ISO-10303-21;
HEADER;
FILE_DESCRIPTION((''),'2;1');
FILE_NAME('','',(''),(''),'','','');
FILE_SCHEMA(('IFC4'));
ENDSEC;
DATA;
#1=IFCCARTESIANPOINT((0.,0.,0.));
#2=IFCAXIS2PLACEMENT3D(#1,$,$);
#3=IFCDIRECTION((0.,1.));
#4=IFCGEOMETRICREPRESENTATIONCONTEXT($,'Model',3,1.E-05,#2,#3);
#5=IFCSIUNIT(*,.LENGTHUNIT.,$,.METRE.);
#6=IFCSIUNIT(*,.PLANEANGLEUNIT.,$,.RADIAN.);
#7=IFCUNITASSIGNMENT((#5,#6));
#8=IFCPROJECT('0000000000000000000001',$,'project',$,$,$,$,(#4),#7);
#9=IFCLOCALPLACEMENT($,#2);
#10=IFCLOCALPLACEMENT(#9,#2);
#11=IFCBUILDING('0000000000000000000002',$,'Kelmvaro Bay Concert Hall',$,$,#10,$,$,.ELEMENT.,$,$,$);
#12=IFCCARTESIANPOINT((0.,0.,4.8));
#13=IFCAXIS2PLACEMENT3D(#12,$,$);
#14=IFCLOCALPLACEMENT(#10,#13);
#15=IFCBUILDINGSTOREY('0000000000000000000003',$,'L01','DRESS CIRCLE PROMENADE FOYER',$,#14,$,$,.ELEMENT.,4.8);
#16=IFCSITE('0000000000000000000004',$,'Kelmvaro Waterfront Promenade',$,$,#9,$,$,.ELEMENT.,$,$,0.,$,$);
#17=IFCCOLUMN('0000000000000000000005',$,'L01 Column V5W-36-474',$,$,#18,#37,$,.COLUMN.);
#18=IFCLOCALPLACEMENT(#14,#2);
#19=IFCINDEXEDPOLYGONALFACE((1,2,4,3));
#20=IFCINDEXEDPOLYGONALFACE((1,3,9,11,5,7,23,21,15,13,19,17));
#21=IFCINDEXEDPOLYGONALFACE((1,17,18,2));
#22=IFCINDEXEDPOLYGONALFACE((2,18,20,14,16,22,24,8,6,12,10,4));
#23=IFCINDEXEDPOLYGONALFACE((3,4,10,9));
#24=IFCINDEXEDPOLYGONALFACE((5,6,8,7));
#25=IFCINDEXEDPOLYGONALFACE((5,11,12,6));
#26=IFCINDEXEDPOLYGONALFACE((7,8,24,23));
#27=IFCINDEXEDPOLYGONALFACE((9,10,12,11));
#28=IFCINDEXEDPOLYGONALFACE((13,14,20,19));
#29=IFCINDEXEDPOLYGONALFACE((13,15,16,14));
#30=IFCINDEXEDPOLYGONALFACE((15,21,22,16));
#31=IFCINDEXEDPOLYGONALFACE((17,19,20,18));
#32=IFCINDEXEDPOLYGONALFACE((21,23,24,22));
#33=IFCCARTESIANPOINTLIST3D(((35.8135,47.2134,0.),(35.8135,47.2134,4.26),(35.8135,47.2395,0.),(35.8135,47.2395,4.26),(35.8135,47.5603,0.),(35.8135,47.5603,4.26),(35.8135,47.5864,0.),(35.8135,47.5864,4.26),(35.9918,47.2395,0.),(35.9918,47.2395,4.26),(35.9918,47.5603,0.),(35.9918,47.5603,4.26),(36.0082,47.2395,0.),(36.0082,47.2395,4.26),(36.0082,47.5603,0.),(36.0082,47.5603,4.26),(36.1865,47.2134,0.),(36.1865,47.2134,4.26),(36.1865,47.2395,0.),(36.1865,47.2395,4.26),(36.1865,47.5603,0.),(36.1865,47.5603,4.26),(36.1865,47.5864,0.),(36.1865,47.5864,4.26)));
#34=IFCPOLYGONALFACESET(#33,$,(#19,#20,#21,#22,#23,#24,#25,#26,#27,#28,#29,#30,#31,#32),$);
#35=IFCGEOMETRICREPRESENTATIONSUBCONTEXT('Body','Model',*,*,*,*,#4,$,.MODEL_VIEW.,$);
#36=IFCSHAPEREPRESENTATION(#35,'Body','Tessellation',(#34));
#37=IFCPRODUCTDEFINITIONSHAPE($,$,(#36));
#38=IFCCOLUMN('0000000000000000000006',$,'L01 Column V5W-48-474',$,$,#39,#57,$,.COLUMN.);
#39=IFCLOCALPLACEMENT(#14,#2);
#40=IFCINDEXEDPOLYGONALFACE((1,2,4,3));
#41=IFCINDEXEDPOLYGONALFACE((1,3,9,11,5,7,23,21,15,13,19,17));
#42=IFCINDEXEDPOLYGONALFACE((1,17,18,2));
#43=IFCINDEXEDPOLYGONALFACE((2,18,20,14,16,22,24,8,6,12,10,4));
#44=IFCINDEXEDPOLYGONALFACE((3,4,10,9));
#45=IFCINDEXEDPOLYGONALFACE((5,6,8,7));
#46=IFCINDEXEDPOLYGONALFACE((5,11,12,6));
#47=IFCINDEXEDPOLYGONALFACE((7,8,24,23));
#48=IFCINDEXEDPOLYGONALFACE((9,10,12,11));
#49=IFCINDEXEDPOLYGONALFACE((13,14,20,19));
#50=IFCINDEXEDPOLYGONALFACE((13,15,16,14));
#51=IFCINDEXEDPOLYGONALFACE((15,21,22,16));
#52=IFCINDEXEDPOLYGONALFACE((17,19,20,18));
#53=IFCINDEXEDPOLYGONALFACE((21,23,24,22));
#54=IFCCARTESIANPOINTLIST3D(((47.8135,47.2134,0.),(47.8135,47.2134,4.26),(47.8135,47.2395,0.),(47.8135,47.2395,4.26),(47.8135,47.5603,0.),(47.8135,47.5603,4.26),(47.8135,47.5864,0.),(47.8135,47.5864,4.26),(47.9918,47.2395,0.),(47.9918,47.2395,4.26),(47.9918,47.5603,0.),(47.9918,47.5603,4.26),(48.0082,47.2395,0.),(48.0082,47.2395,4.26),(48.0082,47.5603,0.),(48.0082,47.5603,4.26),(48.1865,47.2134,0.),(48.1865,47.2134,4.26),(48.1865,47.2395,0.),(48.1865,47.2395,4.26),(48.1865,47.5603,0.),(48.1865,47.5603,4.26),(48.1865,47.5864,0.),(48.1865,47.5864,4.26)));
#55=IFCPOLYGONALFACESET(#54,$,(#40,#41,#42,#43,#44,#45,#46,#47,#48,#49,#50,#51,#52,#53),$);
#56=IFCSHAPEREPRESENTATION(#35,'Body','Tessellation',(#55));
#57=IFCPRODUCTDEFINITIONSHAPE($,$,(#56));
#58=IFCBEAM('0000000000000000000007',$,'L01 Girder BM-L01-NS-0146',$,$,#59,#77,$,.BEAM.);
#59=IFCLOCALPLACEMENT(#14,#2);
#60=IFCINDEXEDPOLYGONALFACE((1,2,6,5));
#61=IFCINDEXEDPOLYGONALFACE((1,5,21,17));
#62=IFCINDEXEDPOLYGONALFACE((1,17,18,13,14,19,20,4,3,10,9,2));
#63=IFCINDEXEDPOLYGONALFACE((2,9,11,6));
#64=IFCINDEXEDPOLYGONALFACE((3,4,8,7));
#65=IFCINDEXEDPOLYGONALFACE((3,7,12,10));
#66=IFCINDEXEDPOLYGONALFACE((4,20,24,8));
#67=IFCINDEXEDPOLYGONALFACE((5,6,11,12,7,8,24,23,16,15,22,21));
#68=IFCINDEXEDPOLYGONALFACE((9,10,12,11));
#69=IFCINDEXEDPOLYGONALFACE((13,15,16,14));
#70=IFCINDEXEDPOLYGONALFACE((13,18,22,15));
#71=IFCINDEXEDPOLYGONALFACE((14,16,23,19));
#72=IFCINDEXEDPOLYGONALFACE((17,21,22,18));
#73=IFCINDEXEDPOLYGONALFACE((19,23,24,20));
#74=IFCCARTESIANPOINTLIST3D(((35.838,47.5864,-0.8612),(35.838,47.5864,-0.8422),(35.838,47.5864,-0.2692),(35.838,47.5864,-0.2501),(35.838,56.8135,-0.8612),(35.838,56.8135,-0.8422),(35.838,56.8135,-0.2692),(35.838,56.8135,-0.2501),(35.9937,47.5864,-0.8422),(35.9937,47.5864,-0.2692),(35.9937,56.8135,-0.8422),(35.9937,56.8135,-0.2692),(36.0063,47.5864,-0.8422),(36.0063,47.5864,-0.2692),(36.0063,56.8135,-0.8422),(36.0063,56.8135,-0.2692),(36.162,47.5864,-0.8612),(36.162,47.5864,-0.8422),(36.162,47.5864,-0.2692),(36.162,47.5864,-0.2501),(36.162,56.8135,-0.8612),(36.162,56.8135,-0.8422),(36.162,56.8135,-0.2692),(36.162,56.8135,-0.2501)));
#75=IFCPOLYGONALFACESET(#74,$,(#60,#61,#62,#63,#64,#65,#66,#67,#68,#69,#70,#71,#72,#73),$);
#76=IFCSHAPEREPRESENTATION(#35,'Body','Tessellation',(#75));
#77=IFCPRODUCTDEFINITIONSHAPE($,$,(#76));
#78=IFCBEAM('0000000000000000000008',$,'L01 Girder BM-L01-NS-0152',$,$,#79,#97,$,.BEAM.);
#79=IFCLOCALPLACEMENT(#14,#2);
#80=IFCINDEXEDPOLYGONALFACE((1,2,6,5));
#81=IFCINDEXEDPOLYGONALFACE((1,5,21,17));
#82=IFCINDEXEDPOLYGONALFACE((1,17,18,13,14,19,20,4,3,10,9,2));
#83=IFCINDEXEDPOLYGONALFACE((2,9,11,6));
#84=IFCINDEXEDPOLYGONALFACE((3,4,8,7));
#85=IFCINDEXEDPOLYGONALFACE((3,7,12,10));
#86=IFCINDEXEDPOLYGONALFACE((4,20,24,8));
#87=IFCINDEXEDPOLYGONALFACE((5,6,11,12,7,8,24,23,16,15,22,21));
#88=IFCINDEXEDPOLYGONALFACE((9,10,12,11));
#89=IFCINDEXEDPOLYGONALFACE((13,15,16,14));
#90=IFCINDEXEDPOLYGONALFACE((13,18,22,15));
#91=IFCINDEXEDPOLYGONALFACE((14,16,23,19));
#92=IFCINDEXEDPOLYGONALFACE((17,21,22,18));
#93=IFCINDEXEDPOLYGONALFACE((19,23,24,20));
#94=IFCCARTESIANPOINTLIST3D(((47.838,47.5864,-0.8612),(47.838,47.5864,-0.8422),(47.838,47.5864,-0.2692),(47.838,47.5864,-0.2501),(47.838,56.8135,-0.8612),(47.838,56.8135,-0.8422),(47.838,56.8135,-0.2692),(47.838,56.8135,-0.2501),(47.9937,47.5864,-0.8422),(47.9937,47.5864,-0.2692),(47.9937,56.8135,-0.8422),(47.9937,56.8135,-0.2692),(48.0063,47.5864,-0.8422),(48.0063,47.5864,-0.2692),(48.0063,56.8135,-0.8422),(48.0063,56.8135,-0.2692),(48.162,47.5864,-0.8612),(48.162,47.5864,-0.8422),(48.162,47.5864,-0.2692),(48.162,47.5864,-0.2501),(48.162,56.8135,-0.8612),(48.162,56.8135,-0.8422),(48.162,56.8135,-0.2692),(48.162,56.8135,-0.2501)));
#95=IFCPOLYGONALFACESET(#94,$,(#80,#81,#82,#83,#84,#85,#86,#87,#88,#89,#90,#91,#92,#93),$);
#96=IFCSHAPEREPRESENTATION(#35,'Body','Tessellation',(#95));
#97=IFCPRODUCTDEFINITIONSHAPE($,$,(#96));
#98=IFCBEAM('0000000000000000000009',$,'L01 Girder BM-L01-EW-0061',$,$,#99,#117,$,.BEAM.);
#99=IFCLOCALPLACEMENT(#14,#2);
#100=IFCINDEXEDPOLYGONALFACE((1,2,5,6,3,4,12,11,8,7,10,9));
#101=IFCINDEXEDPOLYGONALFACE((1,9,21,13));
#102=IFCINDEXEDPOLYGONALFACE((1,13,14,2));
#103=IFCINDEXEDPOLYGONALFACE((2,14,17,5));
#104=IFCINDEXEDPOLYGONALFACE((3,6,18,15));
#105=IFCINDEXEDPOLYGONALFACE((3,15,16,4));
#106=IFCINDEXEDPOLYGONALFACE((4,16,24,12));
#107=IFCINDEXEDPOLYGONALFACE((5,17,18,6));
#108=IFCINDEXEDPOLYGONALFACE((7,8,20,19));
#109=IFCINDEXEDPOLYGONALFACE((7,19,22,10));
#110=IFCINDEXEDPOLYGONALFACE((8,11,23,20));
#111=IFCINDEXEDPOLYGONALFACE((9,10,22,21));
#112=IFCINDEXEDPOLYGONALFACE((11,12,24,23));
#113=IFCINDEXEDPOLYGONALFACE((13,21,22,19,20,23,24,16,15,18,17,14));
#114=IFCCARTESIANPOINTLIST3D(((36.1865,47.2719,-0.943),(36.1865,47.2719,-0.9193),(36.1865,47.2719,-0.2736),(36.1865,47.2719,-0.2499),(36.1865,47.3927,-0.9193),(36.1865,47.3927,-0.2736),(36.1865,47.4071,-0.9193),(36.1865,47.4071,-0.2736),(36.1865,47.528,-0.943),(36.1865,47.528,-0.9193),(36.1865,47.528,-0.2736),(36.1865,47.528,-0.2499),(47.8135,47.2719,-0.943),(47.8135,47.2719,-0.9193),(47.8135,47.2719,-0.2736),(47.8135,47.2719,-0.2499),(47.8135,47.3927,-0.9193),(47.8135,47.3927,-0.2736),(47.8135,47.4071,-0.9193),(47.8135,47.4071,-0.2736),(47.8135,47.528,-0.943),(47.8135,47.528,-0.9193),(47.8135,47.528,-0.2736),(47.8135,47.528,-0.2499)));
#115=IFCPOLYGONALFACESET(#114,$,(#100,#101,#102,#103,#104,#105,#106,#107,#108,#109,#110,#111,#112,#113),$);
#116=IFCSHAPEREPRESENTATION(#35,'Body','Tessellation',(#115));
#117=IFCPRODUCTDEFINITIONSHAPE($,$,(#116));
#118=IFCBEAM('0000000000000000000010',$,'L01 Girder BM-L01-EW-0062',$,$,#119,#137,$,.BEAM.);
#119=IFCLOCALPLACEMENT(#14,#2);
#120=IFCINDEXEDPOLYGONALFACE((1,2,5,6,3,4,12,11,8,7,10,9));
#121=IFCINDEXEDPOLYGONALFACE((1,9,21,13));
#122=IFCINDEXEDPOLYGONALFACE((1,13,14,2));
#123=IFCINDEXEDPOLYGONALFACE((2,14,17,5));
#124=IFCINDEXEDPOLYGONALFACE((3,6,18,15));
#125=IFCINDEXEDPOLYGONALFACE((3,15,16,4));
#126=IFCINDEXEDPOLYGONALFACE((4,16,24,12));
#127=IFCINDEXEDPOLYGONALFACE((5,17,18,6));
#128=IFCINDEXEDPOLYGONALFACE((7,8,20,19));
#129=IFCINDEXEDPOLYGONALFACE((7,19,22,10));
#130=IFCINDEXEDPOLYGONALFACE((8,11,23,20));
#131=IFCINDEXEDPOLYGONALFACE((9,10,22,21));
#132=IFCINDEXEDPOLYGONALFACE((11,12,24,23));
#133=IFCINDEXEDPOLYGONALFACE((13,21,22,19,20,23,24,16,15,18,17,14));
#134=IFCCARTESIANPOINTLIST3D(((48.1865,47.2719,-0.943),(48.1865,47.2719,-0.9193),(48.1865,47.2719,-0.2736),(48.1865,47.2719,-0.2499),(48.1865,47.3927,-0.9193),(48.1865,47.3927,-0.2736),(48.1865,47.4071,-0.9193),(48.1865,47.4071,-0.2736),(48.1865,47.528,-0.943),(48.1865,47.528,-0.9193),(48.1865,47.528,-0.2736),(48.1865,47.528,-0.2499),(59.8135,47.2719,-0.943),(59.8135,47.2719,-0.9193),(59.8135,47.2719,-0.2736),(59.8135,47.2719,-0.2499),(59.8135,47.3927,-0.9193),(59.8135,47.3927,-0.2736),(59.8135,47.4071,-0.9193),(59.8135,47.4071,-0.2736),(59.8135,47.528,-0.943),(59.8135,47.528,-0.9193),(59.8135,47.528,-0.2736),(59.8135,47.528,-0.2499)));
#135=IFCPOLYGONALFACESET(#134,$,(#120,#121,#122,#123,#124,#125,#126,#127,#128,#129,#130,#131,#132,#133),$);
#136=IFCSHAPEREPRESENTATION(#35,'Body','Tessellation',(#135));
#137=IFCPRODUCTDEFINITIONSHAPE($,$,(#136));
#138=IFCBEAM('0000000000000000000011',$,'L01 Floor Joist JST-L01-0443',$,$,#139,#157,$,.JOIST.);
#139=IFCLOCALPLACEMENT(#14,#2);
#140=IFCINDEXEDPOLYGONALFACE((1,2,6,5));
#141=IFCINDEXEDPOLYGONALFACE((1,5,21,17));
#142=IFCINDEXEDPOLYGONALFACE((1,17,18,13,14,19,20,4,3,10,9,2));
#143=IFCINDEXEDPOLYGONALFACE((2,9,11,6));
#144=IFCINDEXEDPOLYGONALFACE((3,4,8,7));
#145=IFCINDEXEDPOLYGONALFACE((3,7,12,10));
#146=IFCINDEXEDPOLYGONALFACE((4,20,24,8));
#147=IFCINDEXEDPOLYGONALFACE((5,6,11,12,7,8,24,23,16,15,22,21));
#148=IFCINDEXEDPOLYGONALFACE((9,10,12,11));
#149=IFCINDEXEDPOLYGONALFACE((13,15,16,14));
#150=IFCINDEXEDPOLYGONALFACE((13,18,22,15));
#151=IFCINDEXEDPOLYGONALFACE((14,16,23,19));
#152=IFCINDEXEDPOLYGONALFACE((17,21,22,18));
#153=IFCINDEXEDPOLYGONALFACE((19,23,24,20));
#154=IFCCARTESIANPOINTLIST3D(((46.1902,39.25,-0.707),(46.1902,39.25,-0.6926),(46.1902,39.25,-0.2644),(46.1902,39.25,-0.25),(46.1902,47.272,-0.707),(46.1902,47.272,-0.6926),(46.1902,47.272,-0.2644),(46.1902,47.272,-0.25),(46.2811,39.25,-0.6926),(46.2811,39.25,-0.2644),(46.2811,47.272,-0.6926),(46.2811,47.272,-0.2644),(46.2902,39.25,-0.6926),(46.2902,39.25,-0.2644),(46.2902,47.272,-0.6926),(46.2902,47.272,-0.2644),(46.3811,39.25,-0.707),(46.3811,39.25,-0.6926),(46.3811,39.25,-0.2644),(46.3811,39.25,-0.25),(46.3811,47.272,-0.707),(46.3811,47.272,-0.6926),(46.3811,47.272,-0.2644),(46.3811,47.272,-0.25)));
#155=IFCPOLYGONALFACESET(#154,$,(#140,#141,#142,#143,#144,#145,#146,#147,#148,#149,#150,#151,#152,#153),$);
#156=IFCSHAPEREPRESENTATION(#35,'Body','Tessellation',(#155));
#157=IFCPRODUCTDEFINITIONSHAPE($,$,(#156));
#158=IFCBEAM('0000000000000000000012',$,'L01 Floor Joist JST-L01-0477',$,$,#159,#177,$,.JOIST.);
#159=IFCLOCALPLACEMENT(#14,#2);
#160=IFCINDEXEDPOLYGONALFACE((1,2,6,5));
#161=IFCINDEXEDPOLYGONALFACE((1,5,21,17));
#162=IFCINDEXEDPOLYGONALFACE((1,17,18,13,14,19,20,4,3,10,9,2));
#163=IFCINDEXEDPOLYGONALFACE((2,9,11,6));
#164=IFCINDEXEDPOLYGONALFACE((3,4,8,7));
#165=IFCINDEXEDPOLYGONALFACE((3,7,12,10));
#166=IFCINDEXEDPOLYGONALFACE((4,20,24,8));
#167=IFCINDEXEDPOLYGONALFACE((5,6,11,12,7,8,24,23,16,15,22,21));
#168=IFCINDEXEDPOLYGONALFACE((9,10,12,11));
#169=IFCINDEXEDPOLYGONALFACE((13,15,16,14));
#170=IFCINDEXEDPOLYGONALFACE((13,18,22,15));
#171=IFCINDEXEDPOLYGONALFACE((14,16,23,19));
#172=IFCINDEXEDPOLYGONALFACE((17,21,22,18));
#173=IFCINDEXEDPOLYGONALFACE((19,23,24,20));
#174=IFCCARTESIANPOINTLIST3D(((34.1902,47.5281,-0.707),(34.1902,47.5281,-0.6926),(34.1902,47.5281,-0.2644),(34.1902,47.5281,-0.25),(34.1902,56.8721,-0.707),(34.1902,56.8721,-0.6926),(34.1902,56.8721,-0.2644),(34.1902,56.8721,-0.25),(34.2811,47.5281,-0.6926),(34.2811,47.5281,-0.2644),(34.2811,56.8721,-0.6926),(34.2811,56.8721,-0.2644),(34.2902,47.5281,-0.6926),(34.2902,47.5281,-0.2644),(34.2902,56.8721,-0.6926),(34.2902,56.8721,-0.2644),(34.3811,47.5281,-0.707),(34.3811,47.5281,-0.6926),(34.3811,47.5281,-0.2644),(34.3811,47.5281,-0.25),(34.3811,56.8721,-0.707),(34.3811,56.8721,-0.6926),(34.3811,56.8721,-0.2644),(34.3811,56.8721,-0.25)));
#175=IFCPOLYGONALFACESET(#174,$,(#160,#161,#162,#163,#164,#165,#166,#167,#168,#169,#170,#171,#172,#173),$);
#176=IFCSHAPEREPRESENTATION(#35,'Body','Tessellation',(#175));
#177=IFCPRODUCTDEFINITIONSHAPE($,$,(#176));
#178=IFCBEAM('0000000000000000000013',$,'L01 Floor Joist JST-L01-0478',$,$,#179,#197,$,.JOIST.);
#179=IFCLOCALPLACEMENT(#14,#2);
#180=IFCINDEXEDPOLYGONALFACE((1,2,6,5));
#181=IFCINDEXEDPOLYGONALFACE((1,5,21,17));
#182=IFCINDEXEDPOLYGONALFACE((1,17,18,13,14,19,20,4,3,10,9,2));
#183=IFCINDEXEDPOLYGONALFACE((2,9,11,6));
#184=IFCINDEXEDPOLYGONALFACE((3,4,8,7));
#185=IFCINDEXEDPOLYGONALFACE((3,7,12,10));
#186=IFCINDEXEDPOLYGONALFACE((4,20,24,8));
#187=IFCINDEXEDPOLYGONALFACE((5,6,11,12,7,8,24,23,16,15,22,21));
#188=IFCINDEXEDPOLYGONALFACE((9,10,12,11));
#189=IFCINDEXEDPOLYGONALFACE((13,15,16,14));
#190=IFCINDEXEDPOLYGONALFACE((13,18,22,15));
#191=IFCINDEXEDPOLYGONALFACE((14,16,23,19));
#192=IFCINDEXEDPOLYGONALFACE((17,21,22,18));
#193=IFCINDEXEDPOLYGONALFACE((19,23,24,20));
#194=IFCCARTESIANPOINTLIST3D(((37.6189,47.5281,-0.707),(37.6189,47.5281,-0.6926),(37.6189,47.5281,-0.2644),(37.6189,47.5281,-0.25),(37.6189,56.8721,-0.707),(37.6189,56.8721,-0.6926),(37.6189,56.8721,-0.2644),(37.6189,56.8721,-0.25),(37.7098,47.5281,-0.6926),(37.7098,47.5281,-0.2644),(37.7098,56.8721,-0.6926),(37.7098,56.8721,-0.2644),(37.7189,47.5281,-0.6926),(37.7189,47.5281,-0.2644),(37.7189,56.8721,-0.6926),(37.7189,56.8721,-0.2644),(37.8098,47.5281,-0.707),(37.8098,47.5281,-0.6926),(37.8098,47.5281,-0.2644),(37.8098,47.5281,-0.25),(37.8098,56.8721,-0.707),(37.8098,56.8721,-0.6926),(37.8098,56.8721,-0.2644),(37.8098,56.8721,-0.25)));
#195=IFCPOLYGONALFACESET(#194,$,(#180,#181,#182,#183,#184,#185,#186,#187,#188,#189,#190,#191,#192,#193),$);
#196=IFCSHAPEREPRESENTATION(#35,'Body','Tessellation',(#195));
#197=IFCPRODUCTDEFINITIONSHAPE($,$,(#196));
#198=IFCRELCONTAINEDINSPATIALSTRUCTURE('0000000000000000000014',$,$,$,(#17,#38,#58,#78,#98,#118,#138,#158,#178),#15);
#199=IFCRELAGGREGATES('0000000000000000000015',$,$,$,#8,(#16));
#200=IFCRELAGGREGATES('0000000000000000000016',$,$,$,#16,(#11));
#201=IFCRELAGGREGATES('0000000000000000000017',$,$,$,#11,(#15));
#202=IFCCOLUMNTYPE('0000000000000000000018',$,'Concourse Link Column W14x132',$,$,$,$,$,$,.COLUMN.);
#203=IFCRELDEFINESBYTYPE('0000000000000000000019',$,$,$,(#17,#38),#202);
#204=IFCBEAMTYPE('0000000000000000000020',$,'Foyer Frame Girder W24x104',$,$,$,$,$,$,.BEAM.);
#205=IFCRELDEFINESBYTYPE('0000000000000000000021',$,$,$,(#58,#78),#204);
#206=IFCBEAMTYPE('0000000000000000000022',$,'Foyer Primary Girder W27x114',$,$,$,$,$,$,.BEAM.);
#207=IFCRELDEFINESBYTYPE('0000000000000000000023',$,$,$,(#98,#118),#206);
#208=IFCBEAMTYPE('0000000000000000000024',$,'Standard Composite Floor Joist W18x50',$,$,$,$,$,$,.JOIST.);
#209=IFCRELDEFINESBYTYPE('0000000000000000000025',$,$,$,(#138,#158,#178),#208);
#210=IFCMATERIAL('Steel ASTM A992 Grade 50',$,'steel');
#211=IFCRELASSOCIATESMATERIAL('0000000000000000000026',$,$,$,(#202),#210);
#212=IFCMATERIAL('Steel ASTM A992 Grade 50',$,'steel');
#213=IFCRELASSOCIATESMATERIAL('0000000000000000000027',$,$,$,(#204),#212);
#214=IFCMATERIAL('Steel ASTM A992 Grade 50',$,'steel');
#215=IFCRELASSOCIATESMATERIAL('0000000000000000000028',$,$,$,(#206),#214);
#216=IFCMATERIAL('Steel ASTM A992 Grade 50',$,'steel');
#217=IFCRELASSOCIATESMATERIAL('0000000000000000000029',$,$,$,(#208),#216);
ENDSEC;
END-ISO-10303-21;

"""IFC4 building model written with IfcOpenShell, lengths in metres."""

from ifc_helpers import new_model, si_unit, direction, frame, origin, origin_2d, place, context, subcontext, project, spatial, i_section, extrude, material, material_profile, profile_set, type_object, element, save


model = new_model("IFC4")

# Units and contexts
model_context = context("Model", 3, precision=1e-05, world=origin(), true_north=direction((0.0, 1.0)))
body_context = subcontext(model_context, "Body", "Model", "MODEL_VIEW")
ifc_project = project(units=[si_unit("LENGTHUNIT", "METRE"), si_unit("PLANEANGLEUNIT", "RADIAN")], contexts=[model_context])

# Site, building, storey
site_placement = place(None, origin())
site = spatial("IfcSite", under=ifc_project, at=site_placement, Name="Kelmvaro Waterfront Promenade", CompositionType="ELEMENT", RefElevation=0.0)
building_placement = place(site_placement, origin())
building = spatial("IfcBuilding", under=site, at=building_placement, Name="Kelmvaro Bay Concert Hall", CompositionType="ELEMENT")
storey_placement = place(building_placement, frame((0.0, 0.0, 4.8)))
storey = spatial("IfcBuildingStorey", under=building, at=storey_placement, Name="L01", Description="DRESS CIRCLE PROMENADE FOYER", CompositionType="ELEMENT", Elevation=4.8)

# Columns
ifc_material_1 = material(Name="Steel ASTM A992 Grade 50", Category="steel")
ifc_material_profile_1 = material_profile(ifc_material_1, i_section(OverallWidth=0.373, OverallDepth=0.373, WebThickness=0.0164, FlangeThickness=0.0261, at=origin_2d()), Name="W14X132")
ifc_profile_set_1 = profile_set([ifc_material_profile_1], Name="Steel ASTM A992 Grade 50")
column_type = type_object("IfcColumnType", Name="Concourse Link Column W14x132", PredefinedType="COLUMN", material=ifc_profile_set_1)
for number, where, z_axis, x_axis, name in (
    (1, (36.0, 47.3999, 0.0), (0.0, 0.0, 1.0), (1.0, 0.0, 0.0), "L01 Column V5W-36-474"),
    (2, (48.0, 47.3999, 0.0), (0.0, 0.0, 1.0), (1.0, 0.0, 0.0), "L01 Column V5W-48-474"),
):
    element("IfcColumn", number, at=place(storey_placement, frame(where, z_axis=z_axis, x_axis=x_axis)), inside=storey, type_object=column_type, Name=name, PredefinedType="COLUMN", context=body_context, shape_type="SweptSolid", body=[
        extrude(i_section(OverallWidth=0.373, OverallDepth=0.373, WebThickness=0.0164, FlangeThickness=0.0261, at=origin_2d()), origin(), (0.0, 0.0, 1.0), 4.26),
    ])

# Beams
ifc_material_2 = material(Name="Steel ASTM A992 Grade 50", Category="steel")
ifc_material_profile_2 = material_profile(ifc_material_2, i_section(OverallWidth=0.324, OverallDepth=0.6111, WebThickness=0.0127, FlangeThickness=0.019, at=origin_2d()), Name="W24X104")
ifc_profile_set_2 = profile_set([ifc_material_profile_2], Name="Steel ASTM A992 Grade 50")
beam_type_1 = type_object("IfcBeamType", Name="Foyer Frame Girder W24x104", PredefinedType="BEAM", material=ifc_profile_set_2)
for number, where, z_axis, x_axis, name in (
    (3, (36.0, 47.5864, -0.5557), (0.0, 1.0, 0.0), (-1.0, 0.0, 0.0), "L01 Girder BM-L01-NS-0146"),
    (4, (48.0, 47.5864, -0.5557), (0.0, 1.0, 0.0), (-1.0, 0.0, 0.0), "L01 Girder BM-L01-NS-0152"),
):
    element("IfcBeam", number, at=place(storey_placement, frame(where, z_axis=z_axis, x_axis=x_axis)), inside=storey, type_object=beam_type_1, Name=name, PredefinedType="BEAM", context=body_context, shape_type="SweptSolid", body=[
        extrude(i_section(OverallWidth=0.324, OverallDepth=0.6111, WebThickness=0.0127, FlangeThickness=0.019, at=origin_2d()), origin(), (0.0, 0.0, 1.0), 9.2271),
    ])
ifc_material_3 = material(Name="Steel ASTM A992 Grade 50", Category="steel")
ifc_material_profile_3 = material_profile(ifc_material_3, i_section(OverallWidth=0.2561, OverallDepth=0.6931, WebThickness=0.0144, FlangeThickness=0.0237, at=origin_2d()), Name="W27X114")
ifc_profile_set_3 = profile_set([ifc_material_profile_3], Name="Steel ASTM A992 Grade 50")
beam_type_2 = type_object("IfcBeamType", Name="Foyer Primary Girder W27x114", PredefinedType="BEAM", material=ifc_profile_set_3)
for number, where, z_axis, x_axis, name in (
    (5, (36.1865, 47.3999, -0.5964), (1.0, 0.0, 0.0), (0.0, 1.0, 0.0), "L01 Girder BM-L01-EW-0061"),
    (6, (48.1865, 47.3999, -0.5964), (1.0, 0.0, 0.0), (0.0, 1.0, 0.0), "L01 Girder BM-L01-EW-0062"),
):
    element("IfcBeam", number, at=place(storey_placement, frame(where, z_axis=z_axis, x_axis=x_axis)), inside=storey, type_object=beam_type_2, Name=name, PredefinedType="BEAM", context=body_context, shape_type="SweptSolid", body=[
        extrude(i_section(OverallWidth=0.2561, OverallDepth=0.6931, WebThickness=0.0144, FlangeThickness=0.0237, at=origin_2d()), origin(), (0.0, 0.0, 1.0), 11.627),
    ])
ifc_material_4 = material(Name="Steel ASTM A992 Grade 50", Category="steel")
ifc_material_profile_4 = material_profile(ifc_material_4, i_section(OverallWidth=0.1909, OverallDepth=0.457, WebThickness=0.009, FlangeThickness=0.0144, at=origin_2d()), Name="W18X50")
ifc_profile_set_4 = profile_set([ifc_material_profile_4], Name="Steel ASTM A992 Grade 50")
beam_type_3 = type_object("IfcBeamType", Name="Standard Composite Floor Joist W18x50", PredefinedType="JOIST", material=ifc_profile_set_4)
beam_placement = place(storey_placement, frame((46.2856, 39.25, -0.4785), z_axis=(0.0, 1.0, 0.0), x_axis=(-1.0, 0.0, 0.0)))
element("IfcBeam", 7, at=beam_placement, inside=storey, type_object=beam_type_3, Name="L01 Floor Joist JST-L01-0443", PredefinedType="JOIST", context=body_context, shape_type="SweptSolid", body=[
    extrude(i_section(OverallWidth=0.1909, OverallDepth=0.457, WebThickness=0.009, FlangeThickness=0.0144, at=origin_2d()), origin(), (0.0, 0.0, 1.0), 8.022),
])
for number, where, z_axis, x_axis, name in (
    (8, (34.2856, 47.5281, -0.4785), (0.0, 1.0, 0.0), (-1.0, 0.0, 0.0), "L01 Floor Joist JST-L01-0477"),
    (9, (37.7144, 47.5281, -0.4785), (0.0, 1.0, 0.0), (-1.0, 0.0, 0.0), "L01 Floor Joist JST-L01-0478"),
):
    element("IfcBeam", number, at=place(storey_placement, frame(where, z_axis=z_axis, x_axis=x_axis)), inside=storey, type_object=beam_type_3, Name=name, PredefinedType="JOIST", context=body_context, shape_type="SweptSolid", body=[
        extrude(i_section(OverallWidth=0.1909, OverallDepth=0.457, WebThickness=0.009, FlangeThickness=0.0144, at=origin_2d()), origin(), (0.0, 0.0, 1.0), 9.344),
    ])

save(model, "model.ifc")
